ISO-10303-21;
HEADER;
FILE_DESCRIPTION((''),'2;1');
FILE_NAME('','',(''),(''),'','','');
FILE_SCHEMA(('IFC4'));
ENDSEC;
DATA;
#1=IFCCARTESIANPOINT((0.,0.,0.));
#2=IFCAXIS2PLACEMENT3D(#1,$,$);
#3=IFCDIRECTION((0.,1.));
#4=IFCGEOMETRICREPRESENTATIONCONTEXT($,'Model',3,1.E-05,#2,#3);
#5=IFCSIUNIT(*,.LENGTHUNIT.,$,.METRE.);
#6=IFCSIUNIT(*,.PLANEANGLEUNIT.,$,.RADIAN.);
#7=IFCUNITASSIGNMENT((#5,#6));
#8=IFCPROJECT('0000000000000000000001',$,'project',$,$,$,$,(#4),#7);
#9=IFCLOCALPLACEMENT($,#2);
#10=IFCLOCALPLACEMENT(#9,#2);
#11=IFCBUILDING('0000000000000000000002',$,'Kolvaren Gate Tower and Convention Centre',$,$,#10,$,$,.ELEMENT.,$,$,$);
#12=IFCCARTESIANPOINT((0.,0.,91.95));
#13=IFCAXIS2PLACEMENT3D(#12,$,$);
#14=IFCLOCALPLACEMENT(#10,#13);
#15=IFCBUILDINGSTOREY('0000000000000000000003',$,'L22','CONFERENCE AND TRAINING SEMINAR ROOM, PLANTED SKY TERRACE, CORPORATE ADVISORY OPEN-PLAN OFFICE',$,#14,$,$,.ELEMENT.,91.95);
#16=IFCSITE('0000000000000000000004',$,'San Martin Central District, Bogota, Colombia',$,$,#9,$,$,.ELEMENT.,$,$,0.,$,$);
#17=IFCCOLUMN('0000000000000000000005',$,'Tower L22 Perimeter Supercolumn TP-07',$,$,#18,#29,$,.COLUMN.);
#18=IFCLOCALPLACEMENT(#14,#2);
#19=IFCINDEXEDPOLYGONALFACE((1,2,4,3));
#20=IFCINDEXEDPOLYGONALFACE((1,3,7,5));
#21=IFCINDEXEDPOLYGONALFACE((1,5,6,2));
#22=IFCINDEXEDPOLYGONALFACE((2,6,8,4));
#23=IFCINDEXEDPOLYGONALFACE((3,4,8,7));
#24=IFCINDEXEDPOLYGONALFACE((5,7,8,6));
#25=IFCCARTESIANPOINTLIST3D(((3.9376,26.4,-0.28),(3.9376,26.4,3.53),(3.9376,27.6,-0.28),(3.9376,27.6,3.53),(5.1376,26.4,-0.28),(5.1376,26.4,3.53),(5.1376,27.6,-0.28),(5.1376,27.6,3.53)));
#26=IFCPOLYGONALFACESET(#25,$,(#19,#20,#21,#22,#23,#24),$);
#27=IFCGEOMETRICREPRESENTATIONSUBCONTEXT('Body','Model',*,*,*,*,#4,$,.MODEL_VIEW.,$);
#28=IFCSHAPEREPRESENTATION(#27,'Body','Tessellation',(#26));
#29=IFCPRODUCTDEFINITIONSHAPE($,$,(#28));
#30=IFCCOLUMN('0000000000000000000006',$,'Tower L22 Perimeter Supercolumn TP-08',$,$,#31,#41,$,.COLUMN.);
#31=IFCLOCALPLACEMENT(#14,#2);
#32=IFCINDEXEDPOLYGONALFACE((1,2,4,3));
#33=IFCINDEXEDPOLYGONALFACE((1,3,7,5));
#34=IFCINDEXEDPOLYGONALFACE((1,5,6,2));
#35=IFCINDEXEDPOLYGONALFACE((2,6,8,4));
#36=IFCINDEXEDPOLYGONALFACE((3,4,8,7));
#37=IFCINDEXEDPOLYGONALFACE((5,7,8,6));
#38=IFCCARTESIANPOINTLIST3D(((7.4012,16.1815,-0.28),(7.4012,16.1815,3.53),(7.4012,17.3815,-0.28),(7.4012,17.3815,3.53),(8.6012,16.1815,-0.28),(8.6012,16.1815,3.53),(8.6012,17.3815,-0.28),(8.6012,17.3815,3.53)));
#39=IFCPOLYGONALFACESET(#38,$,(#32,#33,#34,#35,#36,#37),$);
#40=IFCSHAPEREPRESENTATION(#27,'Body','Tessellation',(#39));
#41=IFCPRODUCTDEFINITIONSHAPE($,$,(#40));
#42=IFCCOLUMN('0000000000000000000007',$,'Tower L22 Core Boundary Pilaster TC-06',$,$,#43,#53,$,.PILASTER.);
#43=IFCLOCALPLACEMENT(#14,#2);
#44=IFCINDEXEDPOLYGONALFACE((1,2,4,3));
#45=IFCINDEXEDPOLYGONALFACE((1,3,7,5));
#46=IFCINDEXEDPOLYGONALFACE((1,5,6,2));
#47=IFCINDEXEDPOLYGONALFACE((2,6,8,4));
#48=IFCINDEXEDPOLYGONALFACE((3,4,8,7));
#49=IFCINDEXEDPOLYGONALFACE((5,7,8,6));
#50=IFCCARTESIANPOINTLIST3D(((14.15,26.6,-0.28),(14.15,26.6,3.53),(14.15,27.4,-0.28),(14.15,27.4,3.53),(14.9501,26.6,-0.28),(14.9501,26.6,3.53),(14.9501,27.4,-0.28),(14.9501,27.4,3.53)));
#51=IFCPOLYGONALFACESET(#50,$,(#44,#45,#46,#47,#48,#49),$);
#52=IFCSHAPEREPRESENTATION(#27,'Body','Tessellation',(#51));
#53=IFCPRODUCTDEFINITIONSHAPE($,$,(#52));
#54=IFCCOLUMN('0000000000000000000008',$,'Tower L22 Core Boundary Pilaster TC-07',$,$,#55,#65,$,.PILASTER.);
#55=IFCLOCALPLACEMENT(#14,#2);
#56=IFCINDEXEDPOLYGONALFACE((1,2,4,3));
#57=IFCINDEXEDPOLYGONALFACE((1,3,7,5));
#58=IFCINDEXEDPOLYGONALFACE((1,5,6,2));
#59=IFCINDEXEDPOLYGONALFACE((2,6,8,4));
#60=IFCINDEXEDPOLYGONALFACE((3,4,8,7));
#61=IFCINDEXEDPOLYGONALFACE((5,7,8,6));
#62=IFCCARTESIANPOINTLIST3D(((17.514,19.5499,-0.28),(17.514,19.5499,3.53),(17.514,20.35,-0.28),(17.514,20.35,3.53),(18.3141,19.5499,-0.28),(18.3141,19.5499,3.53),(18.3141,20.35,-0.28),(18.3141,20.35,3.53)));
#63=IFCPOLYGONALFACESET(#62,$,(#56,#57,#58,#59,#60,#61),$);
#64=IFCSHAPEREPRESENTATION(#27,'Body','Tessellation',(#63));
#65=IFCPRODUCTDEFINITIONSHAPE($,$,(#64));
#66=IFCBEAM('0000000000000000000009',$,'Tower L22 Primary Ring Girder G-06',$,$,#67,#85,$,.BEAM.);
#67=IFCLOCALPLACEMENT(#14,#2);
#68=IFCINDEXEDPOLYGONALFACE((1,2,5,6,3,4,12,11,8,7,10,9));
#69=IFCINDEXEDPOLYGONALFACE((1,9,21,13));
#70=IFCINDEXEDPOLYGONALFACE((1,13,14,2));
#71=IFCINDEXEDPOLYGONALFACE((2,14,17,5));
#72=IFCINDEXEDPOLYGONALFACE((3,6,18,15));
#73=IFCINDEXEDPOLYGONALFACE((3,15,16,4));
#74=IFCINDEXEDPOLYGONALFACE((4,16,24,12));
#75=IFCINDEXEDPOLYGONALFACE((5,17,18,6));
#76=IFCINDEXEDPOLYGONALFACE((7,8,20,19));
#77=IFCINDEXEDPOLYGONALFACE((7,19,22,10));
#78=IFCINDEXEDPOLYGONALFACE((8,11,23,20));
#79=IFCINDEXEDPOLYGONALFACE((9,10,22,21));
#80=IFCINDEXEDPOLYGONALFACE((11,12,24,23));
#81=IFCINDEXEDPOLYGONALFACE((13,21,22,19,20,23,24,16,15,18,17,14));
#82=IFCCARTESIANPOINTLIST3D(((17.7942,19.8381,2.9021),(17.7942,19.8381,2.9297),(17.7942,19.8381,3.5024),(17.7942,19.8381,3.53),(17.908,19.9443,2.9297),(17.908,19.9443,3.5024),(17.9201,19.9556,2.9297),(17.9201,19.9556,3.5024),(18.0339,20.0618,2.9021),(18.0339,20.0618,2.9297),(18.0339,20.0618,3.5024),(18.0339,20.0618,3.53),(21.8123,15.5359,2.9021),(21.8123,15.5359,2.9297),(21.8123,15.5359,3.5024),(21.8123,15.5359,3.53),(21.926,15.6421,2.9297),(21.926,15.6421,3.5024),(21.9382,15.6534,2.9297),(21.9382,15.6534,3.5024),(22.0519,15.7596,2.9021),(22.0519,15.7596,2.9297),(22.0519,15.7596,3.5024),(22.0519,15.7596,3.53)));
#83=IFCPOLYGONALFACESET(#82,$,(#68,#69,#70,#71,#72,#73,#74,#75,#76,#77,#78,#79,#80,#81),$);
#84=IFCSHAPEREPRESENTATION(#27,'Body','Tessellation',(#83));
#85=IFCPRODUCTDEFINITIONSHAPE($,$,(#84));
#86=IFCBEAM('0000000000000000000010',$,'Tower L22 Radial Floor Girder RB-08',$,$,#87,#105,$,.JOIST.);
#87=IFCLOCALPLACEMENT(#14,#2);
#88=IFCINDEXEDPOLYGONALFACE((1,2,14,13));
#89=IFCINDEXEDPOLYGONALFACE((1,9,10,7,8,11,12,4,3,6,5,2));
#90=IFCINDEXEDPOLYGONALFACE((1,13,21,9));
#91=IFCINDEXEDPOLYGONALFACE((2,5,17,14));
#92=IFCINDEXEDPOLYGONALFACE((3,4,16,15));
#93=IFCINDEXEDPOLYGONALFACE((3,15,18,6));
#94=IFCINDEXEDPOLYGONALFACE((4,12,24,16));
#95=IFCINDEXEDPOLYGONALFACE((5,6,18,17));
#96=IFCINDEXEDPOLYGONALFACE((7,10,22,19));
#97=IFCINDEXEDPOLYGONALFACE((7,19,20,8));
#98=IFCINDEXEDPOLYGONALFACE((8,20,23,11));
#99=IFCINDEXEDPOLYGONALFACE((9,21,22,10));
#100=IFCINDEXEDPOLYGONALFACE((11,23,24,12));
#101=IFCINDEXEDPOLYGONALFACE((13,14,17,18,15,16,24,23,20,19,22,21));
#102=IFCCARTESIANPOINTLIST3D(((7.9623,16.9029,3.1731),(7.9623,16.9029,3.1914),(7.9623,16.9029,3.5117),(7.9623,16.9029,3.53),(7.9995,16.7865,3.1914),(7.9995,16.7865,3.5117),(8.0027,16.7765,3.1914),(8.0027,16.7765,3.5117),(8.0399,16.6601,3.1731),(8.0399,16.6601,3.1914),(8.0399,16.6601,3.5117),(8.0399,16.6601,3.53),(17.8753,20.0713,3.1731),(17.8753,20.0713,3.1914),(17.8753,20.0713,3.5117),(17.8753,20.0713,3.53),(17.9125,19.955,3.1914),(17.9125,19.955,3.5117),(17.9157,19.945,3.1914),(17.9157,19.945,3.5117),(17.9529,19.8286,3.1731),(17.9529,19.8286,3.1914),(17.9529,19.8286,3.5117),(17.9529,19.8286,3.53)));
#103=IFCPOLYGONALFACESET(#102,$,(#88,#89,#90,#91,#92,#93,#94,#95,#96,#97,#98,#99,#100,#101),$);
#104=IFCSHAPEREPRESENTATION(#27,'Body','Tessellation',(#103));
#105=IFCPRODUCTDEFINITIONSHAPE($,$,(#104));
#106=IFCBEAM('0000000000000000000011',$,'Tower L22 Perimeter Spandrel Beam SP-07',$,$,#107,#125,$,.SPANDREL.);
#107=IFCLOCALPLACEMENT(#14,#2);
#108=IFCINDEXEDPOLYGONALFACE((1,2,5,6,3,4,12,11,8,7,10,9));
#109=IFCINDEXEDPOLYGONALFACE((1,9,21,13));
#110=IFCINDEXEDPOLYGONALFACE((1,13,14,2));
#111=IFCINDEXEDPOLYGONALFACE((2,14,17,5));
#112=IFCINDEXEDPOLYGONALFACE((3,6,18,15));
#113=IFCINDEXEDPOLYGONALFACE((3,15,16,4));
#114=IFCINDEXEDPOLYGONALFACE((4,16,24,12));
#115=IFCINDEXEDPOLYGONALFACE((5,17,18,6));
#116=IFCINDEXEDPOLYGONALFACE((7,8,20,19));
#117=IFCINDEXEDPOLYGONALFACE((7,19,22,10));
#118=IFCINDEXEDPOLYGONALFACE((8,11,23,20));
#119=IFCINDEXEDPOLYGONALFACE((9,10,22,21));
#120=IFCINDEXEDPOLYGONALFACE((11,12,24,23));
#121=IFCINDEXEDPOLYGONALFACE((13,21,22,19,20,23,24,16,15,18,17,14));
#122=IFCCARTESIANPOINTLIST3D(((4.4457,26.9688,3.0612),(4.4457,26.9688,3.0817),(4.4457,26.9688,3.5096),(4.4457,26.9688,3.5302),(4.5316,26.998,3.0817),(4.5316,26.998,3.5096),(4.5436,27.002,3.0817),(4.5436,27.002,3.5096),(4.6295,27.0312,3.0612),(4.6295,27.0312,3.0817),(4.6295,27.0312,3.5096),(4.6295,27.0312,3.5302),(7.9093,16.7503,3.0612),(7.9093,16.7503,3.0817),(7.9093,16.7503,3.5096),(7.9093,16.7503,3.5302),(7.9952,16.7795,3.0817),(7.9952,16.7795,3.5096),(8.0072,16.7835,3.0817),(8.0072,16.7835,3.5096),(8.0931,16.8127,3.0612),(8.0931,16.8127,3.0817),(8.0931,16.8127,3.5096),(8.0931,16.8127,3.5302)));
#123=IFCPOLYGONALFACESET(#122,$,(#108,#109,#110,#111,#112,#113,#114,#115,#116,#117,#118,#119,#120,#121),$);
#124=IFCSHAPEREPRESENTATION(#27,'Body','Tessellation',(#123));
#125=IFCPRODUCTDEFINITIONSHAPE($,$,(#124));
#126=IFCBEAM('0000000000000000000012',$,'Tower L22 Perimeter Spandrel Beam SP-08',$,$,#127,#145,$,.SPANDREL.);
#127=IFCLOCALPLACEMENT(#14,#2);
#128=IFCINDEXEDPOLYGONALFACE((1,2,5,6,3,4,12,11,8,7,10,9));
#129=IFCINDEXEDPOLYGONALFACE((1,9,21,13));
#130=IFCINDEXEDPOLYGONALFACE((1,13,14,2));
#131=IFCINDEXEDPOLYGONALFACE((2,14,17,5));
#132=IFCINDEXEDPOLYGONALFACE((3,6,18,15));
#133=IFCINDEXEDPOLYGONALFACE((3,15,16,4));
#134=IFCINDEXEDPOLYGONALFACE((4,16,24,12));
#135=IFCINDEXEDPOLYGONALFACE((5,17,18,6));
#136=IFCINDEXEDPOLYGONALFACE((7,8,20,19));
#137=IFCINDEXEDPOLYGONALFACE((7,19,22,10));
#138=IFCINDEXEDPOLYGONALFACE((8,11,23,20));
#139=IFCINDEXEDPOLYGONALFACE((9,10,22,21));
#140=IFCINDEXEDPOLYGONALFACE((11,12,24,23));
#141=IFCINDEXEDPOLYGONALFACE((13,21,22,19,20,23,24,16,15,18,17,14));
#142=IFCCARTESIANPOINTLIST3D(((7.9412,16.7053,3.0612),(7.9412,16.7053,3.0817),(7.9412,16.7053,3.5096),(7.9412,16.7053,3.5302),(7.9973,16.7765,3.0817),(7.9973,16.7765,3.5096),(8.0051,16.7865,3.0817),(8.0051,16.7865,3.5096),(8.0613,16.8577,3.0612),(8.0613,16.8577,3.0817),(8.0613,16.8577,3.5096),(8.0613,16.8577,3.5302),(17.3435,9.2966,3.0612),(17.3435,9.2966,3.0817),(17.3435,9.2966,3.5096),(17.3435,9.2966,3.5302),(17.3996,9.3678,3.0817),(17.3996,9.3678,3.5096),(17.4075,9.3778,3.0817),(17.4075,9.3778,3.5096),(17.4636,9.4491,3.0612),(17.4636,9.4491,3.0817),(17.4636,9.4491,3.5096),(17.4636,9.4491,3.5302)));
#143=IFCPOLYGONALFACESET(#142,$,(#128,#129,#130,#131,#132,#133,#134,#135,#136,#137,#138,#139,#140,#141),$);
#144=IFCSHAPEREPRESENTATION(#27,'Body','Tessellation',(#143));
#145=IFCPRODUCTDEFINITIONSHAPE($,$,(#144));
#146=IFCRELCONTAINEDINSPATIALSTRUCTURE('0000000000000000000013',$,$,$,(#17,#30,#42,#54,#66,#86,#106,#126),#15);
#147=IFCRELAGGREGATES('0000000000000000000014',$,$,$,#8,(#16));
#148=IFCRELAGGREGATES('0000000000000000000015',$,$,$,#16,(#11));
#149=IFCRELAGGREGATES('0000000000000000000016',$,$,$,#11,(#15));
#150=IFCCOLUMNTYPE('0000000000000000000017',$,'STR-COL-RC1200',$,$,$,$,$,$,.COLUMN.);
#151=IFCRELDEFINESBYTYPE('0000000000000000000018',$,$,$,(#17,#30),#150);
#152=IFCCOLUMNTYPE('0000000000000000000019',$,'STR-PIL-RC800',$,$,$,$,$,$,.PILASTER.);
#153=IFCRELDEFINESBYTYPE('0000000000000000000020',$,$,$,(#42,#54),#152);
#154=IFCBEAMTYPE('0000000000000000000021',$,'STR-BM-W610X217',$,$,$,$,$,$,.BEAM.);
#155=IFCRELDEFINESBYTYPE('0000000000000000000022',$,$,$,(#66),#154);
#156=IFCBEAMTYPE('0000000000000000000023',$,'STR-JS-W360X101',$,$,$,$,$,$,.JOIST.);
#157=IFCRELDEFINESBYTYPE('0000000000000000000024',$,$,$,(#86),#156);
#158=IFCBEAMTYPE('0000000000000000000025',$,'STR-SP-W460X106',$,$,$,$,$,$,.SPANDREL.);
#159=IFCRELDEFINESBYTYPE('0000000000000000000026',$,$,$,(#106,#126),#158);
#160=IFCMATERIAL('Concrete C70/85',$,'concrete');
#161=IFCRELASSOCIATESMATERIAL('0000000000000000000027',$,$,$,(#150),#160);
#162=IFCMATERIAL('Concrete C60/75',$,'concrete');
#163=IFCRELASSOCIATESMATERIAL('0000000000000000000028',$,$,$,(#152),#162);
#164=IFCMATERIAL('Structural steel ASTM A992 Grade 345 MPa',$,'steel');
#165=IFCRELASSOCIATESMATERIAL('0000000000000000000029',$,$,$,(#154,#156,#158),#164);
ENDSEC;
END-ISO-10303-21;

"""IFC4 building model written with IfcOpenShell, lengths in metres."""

from ifc_helpers import new_model, si_unit, direction, frame, origin, origin_2d, place, context, subcontext, project, spatial, rectangle, i_section, extrude, material, material_profile, profile_set, type_object, element, save


model = new_model("IFC4")

# Units and contexts
model_context = context("Model", 3, precision=1e-05, world=origin(), true_north=direction((0.0, 1.0)))
body_context = subcontext(model_context, "Body", "Model", "MODEL_VIEW")
ifc_project = project(units=[si_unit("LENGTHUNIT", "METRE"), si_unit("PLANEANGLEUNIT", "RADIAN")], contexts=[model_context])

# Site, building, storey
site_placement = place(None, origin())
site = spatial("IfcSite", under=ifc_project, at=site_placement, Name="San Martin Central District, Bogota, Colombia", CompositionType="ELEMENT", RefElevation=0.0)
building_placement = place(site_placement, origin())
building = spatial("IfcBuilding", under=site, at=building_placement, Name="Kolvaren Gate Tower and Convention Centre", CompositionType="ELEMENT")
storey_placement = place(building_placement, frame((0.0, 0.0, 91.95)))
storey = spatial("IfcBuildingStorey", under=building, at=storey_placement, Name="L22", Description="CONFERENCE AND TRAINING SEMINAR ROOM, PLANTED SKY TERRACE, CORPORATE ADVISORY OPEN-PLAN OFFICE", CompositionType="ELEMENT", Elevation=91.95)

# Columns
ifc_material_1 = material(Name="Concrete C70/85", Category="concrete")
ifc_material_profile_1 = material_profile(ifc_material_1, rectangle(XDim=1.2, YDim=1.2, at=origin_2d()), Name="RC-COL-1200X1200")
ifc_profile_set_1 = profile_set([ifc_material_profile_1], Name="Concrete C70/85")
column_type_1 = type_object("IfcColumnType", Name="STR-COL-RC1200", PredefinedType="COLUMN", material=ifc_profile_set_1)
for number, where, z_axis, x_axis, name in (
    (1, (4.5376, 27.0, -0.28), (0.0, 0.0, 1.0), (1.0, 0.0, 0.0), "Tower L22 Perimeter Supercolumn TP-07"),
    (2, (8.0012, 16.7815, -0.28), (0.0, 0.0, 1.0), (1.0, 0.0, 0.0), "Tower L22 Perimeter Supercolumn TP-08"),
):
    element("IfcColumn", number, at=place(storey_placement, frame(where, z_axis=z_axis, x_axis=x_axis)), inside=storey, type_object=column_type_1, Name=name, PredefinedType="COLUMN", context=body_context, shape_type="SweptSolid", body=[
        extrude(rectangle(XDim=1.2, YDim=1.2, at=origin_2d()), origin(), (0.0, 0.0, 1.0), 3.8101),
    ])
ifc_material_2 = material(Name="Concrete C60/75", Category="concrete")
ifc_material_profile_2 = material_profile(ifc_material_2, rectangle(XDim=0.8, YDim=0.8, at=origin_2d()), Name="RC-COL-800X800")
ifc_profile_set_2 = profile_set([ifc_material_profile_2], Name="Concrete C60/75")
column_type_2 = type_object("IfcColumnType", Name="STR-PIL-RC800", PredefinedType="PILASTER", material=ifc_profile_set_2)
for number, where, z_axis, x_axis, name in (
    (3, (14.55, 27.0, -0.28), (0.0, 0.0, 1.0), (1.0, 0.0, 0.0), "Tower L22 Core Boundary Pilaster TC-06"),
    (4, (17.9141, 19.95, -0.28), (0.0, 0.0, 1.0), (1.0, 0.0, 0.0), "Tower L22 Core Boundary Pilaster TC-07"),
):
    element("IfcColumn", number, at=place(storey_placement, frame(where, z_axis=z_axis, x_axis=x_axis)), inside=storey, type_object=column_type_2, Name=name, PredefinedType="PILASTER", context=body_context, shape_type="SweptSolid", body=[
        extrude(rectangle(XDim=0.8, YDim=0.8, at=origin_2d()), origin(), (0.0, 0.0, 1.0), 3.8101),
    ])

# Beams
ifc_material_3 = material(Name="Structural steel ASTM A992 Grade 345 MPa", Category="steel")
ifc_material_profile_3 = material_profile(ifc_material_3, i_section(OverallWidth=0.3279, OverallDepth=0.6279, WebThickness=0.0166, FlangeThickness=0.0276, at=origin_2d()), Name="W610X217")
ifc_profile_set_3 = profile_set([ifc_material_profile_3], Name="Structural steel ASTM A992 Grade 345 MPa")
beam_type_1 = type_object("IfcBeamType", Name="STR-BM-W610X217", PredefinedType="BEAM", material=ifc_profile_set_3)
beam_1_placement = place(storey_placement, frame((17.9141, 19.95, 3.2161), z_axis=(0.682558, -0.730832, 0.0), x_axis=(0.730832, 0.682558, 0.0)))
element("IfcBeam", 5, at=beam_1_placement, inside=storey, type_object=beam_type_1, Name="Tower L22 Primary Ring Girder G-06", PredefinedType="BEAM", context=body_context, shape_type="SweptSolid", body=[
    extrude(i_section(OverallWidth=0.3279, OverallDepth=0.6279, WebThickness=0.0166, FlangeThickness=0.0276, at=origin_2d()), origin(), (0.0, 0.0, 1.0), 5.8867),
])
ifc_material_profile_4 = material_profile(ifc_material_3, i_section(OverallWidth=0.2549, OverallDepth=0.3569, WebThickness=0.0105, FlangeThickness=0.0183, at=origin_2d()), Name="W360X101")
ifc_profile_set_4 = profile_set([ifc_material_profile_4], Name="Structural steel ASTM A992 Grade 345 MPa")
beam_type_2 = type_object("IfcBeamType", Name="STR-JS-W360X101", PredefinedType="JOIST", material=ifc_profile_set_4)
beam_2_placement = place(storey_placement, frame((17.9141, 19.95, 3.3516), z_axis=(-0.952526, -0.304457, 0.0), x_axis=(0.304457, -0.952526, 0.0)))
element("IfcBeam", 6, at=beam_2_placement, inside=storey, type_object=beam_type_2, Name="Tower L22 Radial Floor Girder RB-08", PredefinedType="JOIST", context=body_context, shape_type="SweptSolid", body=[
    extrude(i_section(OverallWidth=0.2549, OverallDepth=0.3569, WebThickness=0.0105, FlangeThickness=0.0183, at=origin_2d()), origin(), (0.0, 0.0, 1.0), 10.407),
])
ifc_material_profile_5 = material_profile(ifc_material_3, i_section(OverallWidth=0.1941, OverallDepth=0.469, WebThickness=0.0127, FlangeThickness=0.0205, at=origin_2d()), Name="W460X106")
ifc_profile_set_5 = profile_set([ifc_material_profile_5], Name="Structural steel ASTM A992 Grade 345 MPa")
beam_type_3 = type_object("IfcBeamType", Name="STR-SP-W460X106", PredefinedType="SPANDREL", material=ifc_profile_set_5)
beam_3_placement = place(storey_placement, frame((4.5376, 27.0, 3.2957), z_axis=(0.321016, -0.947074, 0.0), x_axis=(0.947074, 0.321016, 0.0)))
element("IfcBeam", 7, at=beam_3_placement, inside=storey, type_object=beam_type_3, Name="Tower L22 Perimeter Spandrel Beam SP-07", PredefinedType="SPANDREL", context=body_context, shape_type="SweptSolid", body=[
    extrude(i_section(OverallWidth=0.1941, OverallDepth=0.469, WebThickness=0.0127, FlangeThickness=0.0205, at=origin_2d()), origin(), (0.0, 0.0, 1.0), 10.7896),
])
beam_4_placement = place(storey_placement, frame((8.0012, 16.7815, 3.2957), z_axis=(0.78546, -0.618913, 0.0), x_axis=(0.618913, 0.78546, 0.0)))
element("IfcBeam", 8, at=beam_4_placement, inside=storey, type_object=beam_type_3, Name="Tower L22 Perimeter Spandrel Beam SP-08", PredefinedType="SPANDREL", context=body_context, shape_type="SweptSolid", body=[
    extrude(i_section(OverallWidth=0.1941, OverallDepth=0.469, WebThickness=0.0127, FlangeThickness=0.0205, at=origin_2d()), origin(), (0.0, 0.0, 1.0), 11.9705),
])

save(model, "model.ifc")
